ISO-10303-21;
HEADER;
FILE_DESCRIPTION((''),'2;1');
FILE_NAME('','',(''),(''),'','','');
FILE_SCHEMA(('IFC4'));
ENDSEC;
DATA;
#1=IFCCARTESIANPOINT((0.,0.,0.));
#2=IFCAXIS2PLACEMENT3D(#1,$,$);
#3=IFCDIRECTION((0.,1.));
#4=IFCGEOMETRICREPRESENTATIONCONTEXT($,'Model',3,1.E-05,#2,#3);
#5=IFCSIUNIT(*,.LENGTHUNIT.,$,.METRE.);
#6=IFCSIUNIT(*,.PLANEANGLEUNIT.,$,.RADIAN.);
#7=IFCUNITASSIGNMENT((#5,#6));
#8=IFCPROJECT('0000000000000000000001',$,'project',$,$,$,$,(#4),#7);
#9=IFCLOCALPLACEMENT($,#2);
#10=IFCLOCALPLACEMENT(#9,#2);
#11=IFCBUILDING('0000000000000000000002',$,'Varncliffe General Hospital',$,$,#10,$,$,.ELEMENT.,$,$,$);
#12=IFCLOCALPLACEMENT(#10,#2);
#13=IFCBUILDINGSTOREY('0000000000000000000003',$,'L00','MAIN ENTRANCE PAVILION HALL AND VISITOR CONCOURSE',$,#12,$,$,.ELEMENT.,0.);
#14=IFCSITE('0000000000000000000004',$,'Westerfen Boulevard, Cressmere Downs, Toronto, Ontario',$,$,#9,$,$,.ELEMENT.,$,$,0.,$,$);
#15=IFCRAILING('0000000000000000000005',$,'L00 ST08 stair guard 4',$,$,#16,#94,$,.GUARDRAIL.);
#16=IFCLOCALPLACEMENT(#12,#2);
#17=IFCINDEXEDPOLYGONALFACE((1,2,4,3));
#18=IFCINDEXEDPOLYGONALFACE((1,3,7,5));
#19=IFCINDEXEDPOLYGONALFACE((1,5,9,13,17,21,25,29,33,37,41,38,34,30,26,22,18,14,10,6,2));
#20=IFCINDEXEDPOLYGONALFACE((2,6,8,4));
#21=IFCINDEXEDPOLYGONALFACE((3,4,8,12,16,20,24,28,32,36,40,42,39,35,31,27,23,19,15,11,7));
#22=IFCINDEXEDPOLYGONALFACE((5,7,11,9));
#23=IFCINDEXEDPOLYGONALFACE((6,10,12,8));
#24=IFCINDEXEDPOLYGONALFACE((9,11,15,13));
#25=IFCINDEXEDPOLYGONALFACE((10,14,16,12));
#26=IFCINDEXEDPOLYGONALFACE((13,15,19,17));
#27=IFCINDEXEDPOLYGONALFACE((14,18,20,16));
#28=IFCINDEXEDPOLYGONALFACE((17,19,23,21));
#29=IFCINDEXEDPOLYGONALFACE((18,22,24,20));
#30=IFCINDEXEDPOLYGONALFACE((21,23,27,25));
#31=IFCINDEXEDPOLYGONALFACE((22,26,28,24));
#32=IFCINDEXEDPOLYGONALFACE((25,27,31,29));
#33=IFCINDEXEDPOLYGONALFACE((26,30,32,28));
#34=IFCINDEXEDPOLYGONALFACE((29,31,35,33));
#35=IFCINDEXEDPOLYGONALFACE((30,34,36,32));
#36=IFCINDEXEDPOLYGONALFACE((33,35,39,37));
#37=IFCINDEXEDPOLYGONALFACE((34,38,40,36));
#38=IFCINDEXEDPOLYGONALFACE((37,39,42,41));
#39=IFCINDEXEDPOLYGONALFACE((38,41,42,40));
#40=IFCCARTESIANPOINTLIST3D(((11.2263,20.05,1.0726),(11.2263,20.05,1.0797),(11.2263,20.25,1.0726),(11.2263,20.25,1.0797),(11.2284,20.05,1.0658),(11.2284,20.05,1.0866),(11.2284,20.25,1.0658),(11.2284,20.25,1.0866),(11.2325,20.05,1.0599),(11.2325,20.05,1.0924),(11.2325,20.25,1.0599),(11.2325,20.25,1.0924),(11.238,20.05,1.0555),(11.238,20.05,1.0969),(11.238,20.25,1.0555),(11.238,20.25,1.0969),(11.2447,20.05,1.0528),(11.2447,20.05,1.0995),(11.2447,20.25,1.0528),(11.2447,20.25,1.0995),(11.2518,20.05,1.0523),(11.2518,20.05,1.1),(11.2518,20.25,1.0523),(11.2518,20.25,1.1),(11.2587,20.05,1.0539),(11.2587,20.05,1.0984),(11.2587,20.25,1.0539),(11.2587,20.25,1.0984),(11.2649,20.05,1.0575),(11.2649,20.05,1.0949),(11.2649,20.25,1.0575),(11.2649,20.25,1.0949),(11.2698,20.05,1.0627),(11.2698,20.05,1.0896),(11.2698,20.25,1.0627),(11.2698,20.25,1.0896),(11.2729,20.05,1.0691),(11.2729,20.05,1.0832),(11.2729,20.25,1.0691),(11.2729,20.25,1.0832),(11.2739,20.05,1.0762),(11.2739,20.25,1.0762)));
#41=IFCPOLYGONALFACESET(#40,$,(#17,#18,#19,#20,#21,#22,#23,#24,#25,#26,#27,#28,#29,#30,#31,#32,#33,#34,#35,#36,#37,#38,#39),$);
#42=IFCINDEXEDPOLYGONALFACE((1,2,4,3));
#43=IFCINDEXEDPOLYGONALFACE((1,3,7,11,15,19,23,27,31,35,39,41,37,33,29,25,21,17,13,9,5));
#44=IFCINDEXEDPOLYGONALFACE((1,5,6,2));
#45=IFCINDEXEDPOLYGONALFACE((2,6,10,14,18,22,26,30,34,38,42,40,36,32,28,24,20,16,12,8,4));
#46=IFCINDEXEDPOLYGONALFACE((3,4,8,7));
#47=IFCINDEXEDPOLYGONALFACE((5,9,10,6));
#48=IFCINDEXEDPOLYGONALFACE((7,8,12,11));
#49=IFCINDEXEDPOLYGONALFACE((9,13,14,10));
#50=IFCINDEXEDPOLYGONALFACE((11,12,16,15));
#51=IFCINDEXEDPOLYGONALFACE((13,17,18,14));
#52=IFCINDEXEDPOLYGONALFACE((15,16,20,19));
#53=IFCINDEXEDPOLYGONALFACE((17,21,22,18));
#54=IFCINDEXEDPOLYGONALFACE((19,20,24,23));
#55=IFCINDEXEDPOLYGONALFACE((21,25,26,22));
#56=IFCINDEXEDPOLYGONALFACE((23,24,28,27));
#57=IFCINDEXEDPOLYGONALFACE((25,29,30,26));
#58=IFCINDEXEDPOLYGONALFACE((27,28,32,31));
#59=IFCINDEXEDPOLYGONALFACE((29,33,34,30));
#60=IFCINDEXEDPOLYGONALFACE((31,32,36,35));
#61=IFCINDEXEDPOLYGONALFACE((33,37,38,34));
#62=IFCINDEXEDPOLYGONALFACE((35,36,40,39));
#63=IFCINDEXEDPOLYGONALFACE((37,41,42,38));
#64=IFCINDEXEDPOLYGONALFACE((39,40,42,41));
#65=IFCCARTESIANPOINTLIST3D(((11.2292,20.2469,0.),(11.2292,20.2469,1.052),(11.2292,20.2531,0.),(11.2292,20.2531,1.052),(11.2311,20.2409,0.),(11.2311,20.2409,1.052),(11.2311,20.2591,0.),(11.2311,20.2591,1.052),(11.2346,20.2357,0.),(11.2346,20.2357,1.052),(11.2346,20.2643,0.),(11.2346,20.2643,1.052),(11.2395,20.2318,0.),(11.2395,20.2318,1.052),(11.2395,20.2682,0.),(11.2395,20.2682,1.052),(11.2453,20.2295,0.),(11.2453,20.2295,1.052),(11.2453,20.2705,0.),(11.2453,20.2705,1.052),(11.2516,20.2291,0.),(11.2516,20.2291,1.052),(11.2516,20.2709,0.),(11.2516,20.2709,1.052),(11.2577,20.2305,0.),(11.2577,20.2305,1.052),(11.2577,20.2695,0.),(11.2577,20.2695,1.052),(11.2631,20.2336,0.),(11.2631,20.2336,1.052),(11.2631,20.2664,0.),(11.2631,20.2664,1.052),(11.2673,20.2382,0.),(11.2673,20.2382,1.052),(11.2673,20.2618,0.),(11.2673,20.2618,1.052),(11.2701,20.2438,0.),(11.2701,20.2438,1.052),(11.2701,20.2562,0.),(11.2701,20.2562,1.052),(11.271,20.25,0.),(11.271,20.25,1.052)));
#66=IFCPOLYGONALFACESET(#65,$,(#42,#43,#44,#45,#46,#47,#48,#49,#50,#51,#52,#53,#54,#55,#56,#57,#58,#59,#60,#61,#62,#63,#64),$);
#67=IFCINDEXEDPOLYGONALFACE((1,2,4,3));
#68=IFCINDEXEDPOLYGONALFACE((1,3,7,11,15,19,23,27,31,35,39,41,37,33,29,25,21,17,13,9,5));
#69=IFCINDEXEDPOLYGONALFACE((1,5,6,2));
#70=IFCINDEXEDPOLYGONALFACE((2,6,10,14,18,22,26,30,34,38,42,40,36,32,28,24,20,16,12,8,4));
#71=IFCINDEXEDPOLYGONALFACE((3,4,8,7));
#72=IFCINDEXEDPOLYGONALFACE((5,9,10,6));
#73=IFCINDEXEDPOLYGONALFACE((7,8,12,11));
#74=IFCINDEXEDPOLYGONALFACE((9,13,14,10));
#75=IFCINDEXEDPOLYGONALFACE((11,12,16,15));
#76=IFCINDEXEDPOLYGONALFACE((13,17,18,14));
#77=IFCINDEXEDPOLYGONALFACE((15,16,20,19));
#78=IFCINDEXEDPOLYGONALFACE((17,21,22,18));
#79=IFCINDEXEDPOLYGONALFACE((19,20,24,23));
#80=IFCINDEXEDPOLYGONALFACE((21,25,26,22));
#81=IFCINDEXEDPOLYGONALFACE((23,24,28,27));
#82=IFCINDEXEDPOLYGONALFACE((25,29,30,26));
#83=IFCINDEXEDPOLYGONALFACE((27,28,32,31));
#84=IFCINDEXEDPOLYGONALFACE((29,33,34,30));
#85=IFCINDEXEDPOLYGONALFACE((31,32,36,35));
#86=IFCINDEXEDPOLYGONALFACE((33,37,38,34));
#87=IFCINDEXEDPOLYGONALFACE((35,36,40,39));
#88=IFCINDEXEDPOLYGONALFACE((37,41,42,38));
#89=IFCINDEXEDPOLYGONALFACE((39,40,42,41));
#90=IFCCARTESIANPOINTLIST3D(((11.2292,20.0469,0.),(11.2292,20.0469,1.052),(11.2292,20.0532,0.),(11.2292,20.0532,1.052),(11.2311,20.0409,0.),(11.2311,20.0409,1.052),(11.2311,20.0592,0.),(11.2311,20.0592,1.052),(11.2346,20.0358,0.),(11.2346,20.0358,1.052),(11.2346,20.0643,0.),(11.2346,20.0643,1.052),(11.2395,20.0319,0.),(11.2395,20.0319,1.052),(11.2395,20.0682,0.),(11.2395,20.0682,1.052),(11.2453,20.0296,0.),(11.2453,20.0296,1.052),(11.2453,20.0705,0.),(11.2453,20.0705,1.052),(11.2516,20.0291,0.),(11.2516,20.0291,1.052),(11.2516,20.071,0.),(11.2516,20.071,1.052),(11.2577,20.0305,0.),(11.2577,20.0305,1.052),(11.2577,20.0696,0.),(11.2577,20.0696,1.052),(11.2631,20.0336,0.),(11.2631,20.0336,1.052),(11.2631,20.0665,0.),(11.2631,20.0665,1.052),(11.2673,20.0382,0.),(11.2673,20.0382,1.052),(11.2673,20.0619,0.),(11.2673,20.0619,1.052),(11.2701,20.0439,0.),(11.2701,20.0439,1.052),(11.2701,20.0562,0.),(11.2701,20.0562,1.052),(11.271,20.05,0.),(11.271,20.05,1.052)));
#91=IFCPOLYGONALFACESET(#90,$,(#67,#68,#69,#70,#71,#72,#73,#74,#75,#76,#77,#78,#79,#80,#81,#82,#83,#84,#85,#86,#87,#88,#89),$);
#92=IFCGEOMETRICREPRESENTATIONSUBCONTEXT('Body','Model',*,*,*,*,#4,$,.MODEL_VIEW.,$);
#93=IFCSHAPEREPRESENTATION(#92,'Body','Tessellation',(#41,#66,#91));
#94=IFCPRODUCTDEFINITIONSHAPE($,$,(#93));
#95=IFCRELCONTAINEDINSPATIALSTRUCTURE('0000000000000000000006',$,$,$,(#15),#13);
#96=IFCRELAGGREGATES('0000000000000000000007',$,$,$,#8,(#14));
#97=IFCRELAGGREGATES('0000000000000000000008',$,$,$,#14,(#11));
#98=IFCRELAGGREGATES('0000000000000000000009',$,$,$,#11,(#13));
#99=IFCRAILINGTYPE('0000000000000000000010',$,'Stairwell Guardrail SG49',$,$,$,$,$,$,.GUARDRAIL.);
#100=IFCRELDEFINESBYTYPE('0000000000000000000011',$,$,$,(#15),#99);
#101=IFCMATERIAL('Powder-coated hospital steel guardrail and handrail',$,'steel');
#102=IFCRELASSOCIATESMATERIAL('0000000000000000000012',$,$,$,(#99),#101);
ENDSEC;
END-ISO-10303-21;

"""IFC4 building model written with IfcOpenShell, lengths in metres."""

from ifc_helpers import new_model, si_unit, direction, frame, origin, origin_2d, place, context, subcontext, project, spatial, circle, extrude, material, type_object, element, save


model = new_model("IFC4")

# Units and contexts
model_context = context("Model", 3, precision=1e-05, world=origin(), true_north=direction((0.0, 1.0)))
body_context = subcontext(model_context, "Body", "Model", "MODEL_VIEW")
ifc_project = project(units=[si_unit("LENGTHUNIT", "METRE"), si_unit("PLANEANGLEUNIT", "RADIAN")], contexts=[model_context])

# Site, building, storey
site_placement = place(None, origin())
site = spatial("IfcSite", under=ifc_project, at=site_placement, Name="Westerfen Boulevard, Cressmere Downs, Toronto, Ontario", CompositionType="ELEMENT", RefElevation=0.0)
building_placement = place(site_placement, origin())
building = spatial("IfcBuilding", under=site, at=building_placement, Name="Varncliffe General Hospital", CompositionType="ELEMENT")
storey_placement = place(building_placement, origin())
storey = spatial("IfcBuildingStorey", under=building, at=storey_placement, Name="L00", Description="MAIN ENTRANCE PAVILION HALL AND VISITOR CONCOURSE", CompositionType="ELEMENT", Elevation=0.0)

# Railing
ifc_material_1 = material(Name="Powder-coated hospital steel guardrail and handrail", Category="steel")
railing_type_1 = type_object("IfcRailingType", Name="Stairwell Guardrail SG49", PredefinedType="GUARDRAIL", material=ifc_material_1)
railing_1_placement = place(storey_placement, frame((11.25, 20.25, 0.0)))
element("IfcRailing", 1, at=railing_1_placement, inside=storey, type_object=railing_type_1, Name="L00 ST08 stair guard 4", PredefinedType="GUARDRAIL", context=body_context, shape_type="SweptSolid", body=[
    extrude(circle(Radius=0.0239, at=origin_2d()), frame((0.0, 0.0, 1.0762), z_axis=(0.0, -1.0, 0.0), x_axis=(1.0, 0.0, 0.0)), (0.0, 0.0, 1.0), 0.2),
    extrude(circle(Radius=0.021, at=origin_2d()), origin(), (0.0, 0.0, 1.0), 1.052),
    extrude(circle(Radius=0.021, at=origin_2d()), frame((0.0, -0.2, 0.0)), (0.0, 0.0, 1.0), 1.052),
])

save(model, "model.ifc")
